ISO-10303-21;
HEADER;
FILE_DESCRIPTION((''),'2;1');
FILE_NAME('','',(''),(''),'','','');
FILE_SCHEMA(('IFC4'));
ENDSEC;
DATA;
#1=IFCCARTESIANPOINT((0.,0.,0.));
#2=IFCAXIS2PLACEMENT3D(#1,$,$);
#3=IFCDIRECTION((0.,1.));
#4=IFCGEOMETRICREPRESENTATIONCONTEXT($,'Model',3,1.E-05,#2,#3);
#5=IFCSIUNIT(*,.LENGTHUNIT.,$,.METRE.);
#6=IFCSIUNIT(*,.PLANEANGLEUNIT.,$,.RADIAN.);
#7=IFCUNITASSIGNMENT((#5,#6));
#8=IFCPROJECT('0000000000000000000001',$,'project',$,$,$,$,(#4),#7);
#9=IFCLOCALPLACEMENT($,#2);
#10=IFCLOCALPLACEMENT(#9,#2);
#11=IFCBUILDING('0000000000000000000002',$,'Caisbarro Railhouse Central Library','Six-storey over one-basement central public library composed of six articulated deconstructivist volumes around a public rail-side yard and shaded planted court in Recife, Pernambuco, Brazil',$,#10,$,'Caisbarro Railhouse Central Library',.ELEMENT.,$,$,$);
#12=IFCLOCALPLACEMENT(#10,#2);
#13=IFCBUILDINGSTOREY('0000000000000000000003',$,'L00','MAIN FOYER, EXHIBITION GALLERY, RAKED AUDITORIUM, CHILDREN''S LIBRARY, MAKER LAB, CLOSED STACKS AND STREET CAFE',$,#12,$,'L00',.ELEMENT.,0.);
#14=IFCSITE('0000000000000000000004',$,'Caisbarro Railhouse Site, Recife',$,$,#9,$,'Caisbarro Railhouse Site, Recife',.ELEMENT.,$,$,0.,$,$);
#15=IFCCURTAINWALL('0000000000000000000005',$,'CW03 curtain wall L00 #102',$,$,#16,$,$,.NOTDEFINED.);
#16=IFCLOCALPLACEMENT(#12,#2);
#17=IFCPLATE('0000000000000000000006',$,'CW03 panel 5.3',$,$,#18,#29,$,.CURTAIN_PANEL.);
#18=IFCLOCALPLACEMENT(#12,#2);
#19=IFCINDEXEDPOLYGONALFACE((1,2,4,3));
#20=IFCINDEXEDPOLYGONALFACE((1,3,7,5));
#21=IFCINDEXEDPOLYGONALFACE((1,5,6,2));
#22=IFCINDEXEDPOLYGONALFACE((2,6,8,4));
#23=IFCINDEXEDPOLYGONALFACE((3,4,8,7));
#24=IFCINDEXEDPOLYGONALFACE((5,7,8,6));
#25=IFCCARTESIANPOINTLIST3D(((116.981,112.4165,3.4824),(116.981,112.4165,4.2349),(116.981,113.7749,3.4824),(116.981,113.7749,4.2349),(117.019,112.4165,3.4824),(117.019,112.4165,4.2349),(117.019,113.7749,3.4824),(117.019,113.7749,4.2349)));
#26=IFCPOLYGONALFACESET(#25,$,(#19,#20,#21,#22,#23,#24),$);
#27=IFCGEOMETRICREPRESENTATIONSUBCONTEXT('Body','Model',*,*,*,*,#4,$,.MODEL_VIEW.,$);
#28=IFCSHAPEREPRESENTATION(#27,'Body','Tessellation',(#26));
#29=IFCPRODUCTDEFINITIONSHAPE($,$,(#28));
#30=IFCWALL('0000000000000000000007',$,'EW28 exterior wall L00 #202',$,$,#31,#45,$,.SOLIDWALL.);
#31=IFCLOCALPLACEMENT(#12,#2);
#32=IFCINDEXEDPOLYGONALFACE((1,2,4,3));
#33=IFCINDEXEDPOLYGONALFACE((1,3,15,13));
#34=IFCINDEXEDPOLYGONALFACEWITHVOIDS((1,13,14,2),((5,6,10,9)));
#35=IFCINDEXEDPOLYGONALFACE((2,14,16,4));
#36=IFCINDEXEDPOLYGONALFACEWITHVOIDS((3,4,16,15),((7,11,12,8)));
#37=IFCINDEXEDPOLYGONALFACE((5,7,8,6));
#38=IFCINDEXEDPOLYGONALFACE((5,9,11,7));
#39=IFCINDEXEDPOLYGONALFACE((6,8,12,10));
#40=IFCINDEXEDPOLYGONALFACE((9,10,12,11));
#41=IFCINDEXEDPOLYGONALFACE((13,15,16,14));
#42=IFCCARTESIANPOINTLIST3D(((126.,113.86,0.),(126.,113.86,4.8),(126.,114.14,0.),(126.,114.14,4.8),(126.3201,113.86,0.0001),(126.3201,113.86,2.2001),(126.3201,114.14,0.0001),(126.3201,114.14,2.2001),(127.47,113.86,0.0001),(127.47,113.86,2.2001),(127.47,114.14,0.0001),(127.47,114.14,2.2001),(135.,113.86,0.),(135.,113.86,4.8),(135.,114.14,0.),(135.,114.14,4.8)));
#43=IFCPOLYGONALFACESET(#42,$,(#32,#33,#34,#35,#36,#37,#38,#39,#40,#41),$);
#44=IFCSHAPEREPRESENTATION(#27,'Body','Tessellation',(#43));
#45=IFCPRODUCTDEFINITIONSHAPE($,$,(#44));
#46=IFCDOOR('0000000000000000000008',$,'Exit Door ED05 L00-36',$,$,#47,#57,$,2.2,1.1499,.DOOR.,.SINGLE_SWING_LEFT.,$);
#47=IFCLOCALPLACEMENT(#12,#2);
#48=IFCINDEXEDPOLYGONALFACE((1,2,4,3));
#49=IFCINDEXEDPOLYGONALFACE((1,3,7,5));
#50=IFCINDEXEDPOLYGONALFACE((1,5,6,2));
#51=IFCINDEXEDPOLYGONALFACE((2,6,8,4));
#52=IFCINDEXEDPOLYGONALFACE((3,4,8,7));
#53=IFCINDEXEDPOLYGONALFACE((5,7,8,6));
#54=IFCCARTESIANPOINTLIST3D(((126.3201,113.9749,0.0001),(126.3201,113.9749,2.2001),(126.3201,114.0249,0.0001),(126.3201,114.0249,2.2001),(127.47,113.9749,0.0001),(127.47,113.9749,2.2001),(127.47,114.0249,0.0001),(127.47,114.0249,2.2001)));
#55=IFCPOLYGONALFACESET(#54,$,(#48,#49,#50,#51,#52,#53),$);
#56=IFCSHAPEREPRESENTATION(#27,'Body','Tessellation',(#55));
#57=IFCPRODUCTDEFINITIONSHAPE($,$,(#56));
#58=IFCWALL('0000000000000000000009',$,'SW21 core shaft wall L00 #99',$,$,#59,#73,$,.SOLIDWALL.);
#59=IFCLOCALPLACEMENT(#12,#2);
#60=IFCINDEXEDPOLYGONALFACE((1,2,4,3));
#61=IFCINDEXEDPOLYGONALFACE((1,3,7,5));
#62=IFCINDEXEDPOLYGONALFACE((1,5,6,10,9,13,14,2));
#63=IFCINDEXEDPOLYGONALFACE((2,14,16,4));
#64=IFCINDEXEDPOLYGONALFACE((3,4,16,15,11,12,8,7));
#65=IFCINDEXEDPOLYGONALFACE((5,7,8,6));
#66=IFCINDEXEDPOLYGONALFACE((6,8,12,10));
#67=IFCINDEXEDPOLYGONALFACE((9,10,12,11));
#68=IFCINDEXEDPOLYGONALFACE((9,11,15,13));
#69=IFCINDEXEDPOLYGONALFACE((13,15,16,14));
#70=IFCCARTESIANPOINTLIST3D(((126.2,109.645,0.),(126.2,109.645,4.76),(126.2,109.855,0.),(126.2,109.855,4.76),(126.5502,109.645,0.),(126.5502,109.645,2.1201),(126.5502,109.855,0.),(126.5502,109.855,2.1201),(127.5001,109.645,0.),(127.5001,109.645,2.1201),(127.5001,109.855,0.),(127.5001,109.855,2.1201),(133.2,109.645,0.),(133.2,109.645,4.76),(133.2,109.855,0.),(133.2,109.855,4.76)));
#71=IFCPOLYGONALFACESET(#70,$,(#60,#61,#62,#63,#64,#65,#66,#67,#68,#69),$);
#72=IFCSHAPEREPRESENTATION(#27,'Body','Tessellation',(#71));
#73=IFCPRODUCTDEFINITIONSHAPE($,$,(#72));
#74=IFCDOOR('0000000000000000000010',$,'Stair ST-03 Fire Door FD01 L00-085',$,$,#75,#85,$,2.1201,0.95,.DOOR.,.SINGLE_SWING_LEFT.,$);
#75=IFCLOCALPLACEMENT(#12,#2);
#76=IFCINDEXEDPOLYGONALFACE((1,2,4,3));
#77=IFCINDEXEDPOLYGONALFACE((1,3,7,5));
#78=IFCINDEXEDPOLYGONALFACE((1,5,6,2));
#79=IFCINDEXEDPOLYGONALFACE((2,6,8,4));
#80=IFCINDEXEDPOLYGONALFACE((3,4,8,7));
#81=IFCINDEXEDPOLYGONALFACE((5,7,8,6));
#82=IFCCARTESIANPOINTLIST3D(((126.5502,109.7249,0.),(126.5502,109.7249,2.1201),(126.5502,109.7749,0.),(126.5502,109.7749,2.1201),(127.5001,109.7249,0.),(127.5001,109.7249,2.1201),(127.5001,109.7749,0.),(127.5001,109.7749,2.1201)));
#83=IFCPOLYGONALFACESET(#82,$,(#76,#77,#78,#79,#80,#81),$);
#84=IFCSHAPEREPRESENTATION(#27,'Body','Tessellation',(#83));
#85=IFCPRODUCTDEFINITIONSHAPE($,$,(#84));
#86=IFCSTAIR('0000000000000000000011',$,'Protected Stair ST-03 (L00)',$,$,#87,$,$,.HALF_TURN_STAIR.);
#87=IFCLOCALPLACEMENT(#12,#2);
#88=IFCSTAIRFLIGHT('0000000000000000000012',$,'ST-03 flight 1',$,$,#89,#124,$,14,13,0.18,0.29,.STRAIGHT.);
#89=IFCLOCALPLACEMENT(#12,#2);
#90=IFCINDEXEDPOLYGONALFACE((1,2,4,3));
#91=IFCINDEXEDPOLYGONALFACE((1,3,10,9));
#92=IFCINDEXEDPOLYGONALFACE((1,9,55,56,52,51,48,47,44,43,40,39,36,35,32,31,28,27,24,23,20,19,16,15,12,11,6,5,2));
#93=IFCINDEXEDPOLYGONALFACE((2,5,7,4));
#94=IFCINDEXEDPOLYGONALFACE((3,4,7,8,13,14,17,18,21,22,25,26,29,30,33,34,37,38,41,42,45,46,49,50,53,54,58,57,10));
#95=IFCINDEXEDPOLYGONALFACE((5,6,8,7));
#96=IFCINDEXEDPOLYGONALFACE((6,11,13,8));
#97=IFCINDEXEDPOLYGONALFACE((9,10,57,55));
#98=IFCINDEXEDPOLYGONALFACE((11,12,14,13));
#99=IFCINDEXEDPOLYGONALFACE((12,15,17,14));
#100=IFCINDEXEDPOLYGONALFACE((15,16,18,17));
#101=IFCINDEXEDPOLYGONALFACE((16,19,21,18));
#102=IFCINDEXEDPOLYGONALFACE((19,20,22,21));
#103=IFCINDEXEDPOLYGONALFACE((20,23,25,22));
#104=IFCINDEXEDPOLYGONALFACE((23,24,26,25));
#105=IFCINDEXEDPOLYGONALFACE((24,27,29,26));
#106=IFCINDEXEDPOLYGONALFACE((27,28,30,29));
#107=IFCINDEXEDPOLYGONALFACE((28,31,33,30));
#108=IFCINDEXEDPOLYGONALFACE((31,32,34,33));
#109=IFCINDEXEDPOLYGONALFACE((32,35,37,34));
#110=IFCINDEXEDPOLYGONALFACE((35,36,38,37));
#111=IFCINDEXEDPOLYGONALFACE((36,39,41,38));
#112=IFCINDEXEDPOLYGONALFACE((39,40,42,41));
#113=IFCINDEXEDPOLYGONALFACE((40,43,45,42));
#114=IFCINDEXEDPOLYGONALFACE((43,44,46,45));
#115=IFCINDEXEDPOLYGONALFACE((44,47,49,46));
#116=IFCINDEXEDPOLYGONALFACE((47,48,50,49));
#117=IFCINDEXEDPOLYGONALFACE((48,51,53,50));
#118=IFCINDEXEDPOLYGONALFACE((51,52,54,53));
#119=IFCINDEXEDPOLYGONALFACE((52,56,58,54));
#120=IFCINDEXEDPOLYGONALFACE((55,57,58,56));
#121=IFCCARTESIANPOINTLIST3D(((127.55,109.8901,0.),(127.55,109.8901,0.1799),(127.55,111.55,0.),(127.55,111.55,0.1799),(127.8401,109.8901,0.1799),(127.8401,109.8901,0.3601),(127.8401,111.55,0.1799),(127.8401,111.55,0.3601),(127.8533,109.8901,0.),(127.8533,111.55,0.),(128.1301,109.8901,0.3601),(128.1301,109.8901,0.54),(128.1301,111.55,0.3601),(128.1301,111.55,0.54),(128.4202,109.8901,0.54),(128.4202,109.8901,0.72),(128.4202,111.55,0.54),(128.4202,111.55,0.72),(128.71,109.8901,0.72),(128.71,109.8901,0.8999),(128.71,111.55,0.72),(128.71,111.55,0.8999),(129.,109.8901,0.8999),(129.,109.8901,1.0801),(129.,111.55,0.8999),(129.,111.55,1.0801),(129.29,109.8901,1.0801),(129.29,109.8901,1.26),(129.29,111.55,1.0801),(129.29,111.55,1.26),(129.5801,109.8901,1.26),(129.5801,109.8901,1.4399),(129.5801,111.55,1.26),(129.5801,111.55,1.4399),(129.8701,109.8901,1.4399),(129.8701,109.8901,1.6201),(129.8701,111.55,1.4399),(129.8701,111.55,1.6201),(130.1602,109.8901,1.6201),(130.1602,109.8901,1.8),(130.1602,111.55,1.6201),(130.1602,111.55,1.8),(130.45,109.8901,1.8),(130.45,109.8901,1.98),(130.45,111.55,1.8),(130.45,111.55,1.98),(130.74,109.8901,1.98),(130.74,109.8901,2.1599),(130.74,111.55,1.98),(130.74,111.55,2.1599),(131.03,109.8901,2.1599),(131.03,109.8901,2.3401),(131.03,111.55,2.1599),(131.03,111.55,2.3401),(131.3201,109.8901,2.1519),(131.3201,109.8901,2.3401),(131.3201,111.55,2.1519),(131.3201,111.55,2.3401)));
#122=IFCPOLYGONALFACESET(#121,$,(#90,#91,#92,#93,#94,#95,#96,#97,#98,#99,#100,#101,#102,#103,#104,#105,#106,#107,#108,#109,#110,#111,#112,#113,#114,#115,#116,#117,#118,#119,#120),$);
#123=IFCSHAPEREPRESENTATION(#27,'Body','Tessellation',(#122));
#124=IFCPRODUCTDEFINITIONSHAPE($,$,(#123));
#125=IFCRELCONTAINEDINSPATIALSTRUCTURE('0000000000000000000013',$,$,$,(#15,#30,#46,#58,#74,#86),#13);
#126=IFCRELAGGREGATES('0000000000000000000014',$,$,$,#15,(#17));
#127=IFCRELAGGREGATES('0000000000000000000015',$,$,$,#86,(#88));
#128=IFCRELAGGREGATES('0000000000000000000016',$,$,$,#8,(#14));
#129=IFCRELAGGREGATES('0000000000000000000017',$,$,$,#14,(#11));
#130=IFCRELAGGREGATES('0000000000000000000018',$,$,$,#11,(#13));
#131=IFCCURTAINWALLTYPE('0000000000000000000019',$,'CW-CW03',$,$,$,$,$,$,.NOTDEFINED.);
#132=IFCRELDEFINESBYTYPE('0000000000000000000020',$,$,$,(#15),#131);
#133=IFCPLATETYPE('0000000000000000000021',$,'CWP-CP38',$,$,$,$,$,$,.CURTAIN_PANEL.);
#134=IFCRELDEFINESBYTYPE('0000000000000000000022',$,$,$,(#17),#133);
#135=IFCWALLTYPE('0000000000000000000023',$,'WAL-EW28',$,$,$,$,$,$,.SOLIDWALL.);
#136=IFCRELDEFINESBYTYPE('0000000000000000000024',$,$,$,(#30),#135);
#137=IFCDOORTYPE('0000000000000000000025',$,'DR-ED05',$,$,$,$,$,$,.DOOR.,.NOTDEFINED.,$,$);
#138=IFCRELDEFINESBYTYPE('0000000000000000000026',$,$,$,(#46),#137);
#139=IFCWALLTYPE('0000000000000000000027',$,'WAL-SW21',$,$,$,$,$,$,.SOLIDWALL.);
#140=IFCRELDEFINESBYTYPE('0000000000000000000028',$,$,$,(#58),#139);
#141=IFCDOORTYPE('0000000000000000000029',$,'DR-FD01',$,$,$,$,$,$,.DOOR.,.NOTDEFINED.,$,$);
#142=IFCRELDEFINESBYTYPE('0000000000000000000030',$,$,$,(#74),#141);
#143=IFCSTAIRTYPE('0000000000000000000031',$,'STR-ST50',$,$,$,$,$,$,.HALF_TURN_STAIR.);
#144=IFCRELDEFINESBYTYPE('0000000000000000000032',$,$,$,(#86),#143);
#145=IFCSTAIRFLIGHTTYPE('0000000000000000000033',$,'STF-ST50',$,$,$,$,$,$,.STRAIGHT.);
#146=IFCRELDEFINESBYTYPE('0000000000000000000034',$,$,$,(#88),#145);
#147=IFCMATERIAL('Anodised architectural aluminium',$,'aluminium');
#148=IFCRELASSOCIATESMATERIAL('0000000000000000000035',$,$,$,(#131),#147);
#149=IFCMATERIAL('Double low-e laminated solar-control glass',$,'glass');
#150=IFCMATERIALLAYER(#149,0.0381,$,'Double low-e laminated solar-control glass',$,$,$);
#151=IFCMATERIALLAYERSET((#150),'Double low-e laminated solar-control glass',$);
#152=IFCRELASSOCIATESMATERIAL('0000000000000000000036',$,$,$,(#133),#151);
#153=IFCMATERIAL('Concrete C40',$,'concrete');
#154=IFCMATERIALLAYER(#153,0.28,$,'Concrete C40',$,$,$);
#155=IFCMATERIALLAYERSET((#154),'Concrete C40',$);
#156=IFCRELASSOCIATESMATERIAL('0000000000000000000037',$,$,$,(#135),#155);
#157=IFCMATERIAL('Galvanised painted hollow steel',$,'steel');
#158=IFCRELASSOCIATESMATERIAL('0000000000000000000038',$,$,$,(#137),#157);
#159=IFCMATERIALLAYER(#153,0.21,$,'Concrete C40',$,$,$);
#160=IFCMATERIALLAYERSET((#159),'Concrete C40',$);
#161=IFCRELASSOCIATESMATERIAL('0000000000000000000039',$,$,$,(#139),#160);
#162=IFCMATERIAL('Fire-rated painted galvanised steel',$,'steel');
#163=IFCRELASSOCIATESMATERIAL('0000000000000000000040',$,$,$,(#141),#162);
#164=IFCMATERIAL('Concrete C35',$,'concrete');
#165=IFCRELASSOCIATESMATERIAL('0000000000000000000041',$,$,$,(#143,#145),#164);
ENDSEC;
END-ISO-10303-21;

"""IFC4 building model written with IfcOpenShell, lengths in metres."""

from ifc_helpers import new_model, si_unit, direction, frame, frame_2d, origin, origin_2d, place, context, subcontext, project, spatial, polyline, rectangle, outline, extrude, material, layer, layer_set, type_object, element, fill, aggregate, save


model = new_model("IFC4")

# Units and contexts
model_context = context("Model", 3, precision=1e-05, world=origin(), true_north=direction((0.0, 1.0)))
body_context = subcontext(model_context, "Body", "Model", "MODEL_VIEW")
ifc_project = project(units=[si_unit("LENGTHUNIT", "METRE"), si_unit("PLANEANGLEUNIT", "RADIAN")], contexts=[model_context])

# Site, building, storey
site_placement = place(None, origin())
site = spatial("IfcSite", under=ifc_project, at=site_placement, Name="Caisbarro Railhouse Site, Recife", LongName="Caisbarro Railhouse Site, Recife", CompositionType="ELEMENT", RefElevation=0.0)
building_placement = place(site_placement, origin())
building = spatial("IfcBuilding", under=site, at=building_placement, Name="Caisbarro Railhouse Central Library", Description="Six-storey over one-basement central public library composed of six articulated deconstructivist volumes around a public rail-side yard and shaded planted court in Recife, Pernambuco, Brazil", LongName="Caisbarro Railhouse Central Library", CompositionType="ELEMENT")
storey_placement = place(building_placement, origin())
storey = spatial("IfcBuildingStorey", under=building, at=storey_placement, Name="L00", Description="MAIN FOYER, EXHIBITION GALLERY, RAKED AUDITORIUM, CHILDREN'S LIBRARY, MAKER LAB, CLOSED STACKS AND STREET CAFE", LongName="L00", CompositionType="ELEMENT", Elevation=0.0)

# Curtain wall, plate
ifc_material_1 = material(Name="Anodised architectural aluminium", Category="aluminium")
curtain_wall_type = type_object("IfcCurtainWallType", Name="CW-CW03", PredefinedType="NOTDEFINED", material=ifc_material_1)
curtain_wall_placement = place(storey_placement, origin())
curtain_wall = element("IfcCurtainWall", 1, at=curtain_wall_placement, inside=storey, type_object=curtain_wall_type, Name="CW03 curtain wall L00 #102", PredefinedType="NOTDEFINED")
ifc_material_2 = material(Name="Double low-e laminated solar-control glass", Category="glass")
ifc_layer_1 = layer(ifc_material_2, 0.0381, Name="Double low-e laminated solar-control glass")
ifc_layer_set_1 = layer_set([ifc_layer_1], Name="Double low-e laminated solar-control glass")
plate_type = type_object("IfcPlateType", Name="CWP-CP38", PredefinedType="CURTAIN_PANEL", material=ifc_layer_set_1)
plate_1_placement = place(storey_placement, frame((117.0, 113.0957, 3.4824), z_axis=(0.0, 0.0, 1.0), x_axis=(0.0, 1.0, 0.0)))
plate_1 = element("IfcPlate", 2, at=plate_1_placement, type_object=plate_type, Name="CW03 panel 5.3", PredefinedType="CURTAIN_PANEL", context=body_context, shape_type="SweptSolid", body=[
    extrude(rectangle(XDim=1.3584, YDim=0.0381, at=origin_2d()), origin(), (0.0, 0.0, 1.0), 0.7524),
])
aggregate(curtain_wall, [plate_1])

# Walls, openings, doors
ifc_material_3 = material(Name="Concrete C40", Category="concrete")
ifc_layer_2 = layer(ifc_material_3, 0.28, Name="Concrete C40")
ifc_layer_set_2 = layer_set([ifc_layer_2], Name="Concrete C40")
wall_type_1 = type_object("IfcWallType", Name="WAL-EW28", PredefinedType="SOLIDWALL", material=ifc_layer_set_2)
wall_1_placement = place(storey_placement, frame((126.0, 114.0, 0.0), z_axis=(0.0, 0.0, 1.0), x_axis=(1.0, 0.0, 0.0)))
wall_1 = element("IfcWall", 3, at=wall_1_placement, inside=storey, type_object=wall_type_1, Name="EW28 exterior wall L00 #202", PredefinedType="SOLIDWALL", context=body_context, shape_type="SweptSolid", body=[
    extrude(rectangle(XDim=9.0, YDim=0.28, at=frame_2d((4.5, 0.0))), origin(), (0.0, 0.0, 1.0), 4.8),
])
opening_1_placement = place(wall_1_placement, frame((0.3201, 0.0, 0.0)))
opening_1 = element("IfcOpeningElement", 4, at=opening_1_placement, cuts=wall_1, PredefinedType="OPENING", context=body_context, shape_type="SweptSolid", body=[
    extrude(rectangle(XDim=1.1499, YDim=2.2, at=frame_2d((0.575, 1.1001))), frame((0.0, 0.1499, 0.0), z_axis=(0.0, -1.0, 0.0), x_axis=(1.0, 0.0, 0.0)), (0.0, 0.0, 1.0), 0.3),
])
ifc_material_4 = material(Name="Galvanised painted hollow steel", Category="steel")
door_type_1 = type_object("IfcDoorType", Name="DR-ED05", OperationType="NOTDEFINED", PredefinedType="DOOR", material=ifc_material_4)
door_1_placement = place(opening_1_placement, origin())
door_1 = element("IfcDoor", 5, at=door_1_placement, inside=storey, type_object=door_type_1, Name="Exit Door ED05 L00-36", OperationType="SINGLE_SWING_LEFT", OverallHeight=2.2, OverallWidth=1.1499, PredefinedType="DOOR", context=body_context, shape_type="SweptSolid", body=[
    extrude(rectangle(XDim=1.1499, YDim=2.2, at=frame_2d((0.575, 1.1001))), frame((0.0, 0.0249, 0.0), z_axis=(0.0, -1.0, 0.0), x_axis=(1.0, 0.0, 0.0)), (0.0, 0.0, 1.0), 0.05),
])
fill(opening_1, door_1)
ifc_layer_3 = layer(ifc_material_3, 0.21, Name="Concrete C40")
ifc_layer_set_3 = layer_set([ifc_layer_3], Name="Concrete C40")
wall_type_2 = type_object("IfcWallType", Name="WAL-SW21", PredefinedType="SOLIDWALL", material=ifc_layer_set_3)
wall_2_placement = place(storey_placement, frame((126.2, 109.75, 0.0), z_axis=(0.0, 0.0, 1.0), x_axis=(1.0, 0.0, 0.0)))
wall_2 = element("IfcWall", 6, at=wall_2_placement, inside=storey, type_object=wall_type_2, Name="SW21 core shaft wall L00 #99", PredefinedType="SOLIDWALL", context=body_context, shape_type="SweptSolid", body=[
    extrude(rectangle(XDim=7.0, YDim=0.21, at=frame_2d((3.5, 0.0))), origin(), (0.0, 0.0, 1.0), 4.76),
])
opening_2_placement = place(wall_2_placement, frame((0.3501, 0.0, 0.0)))
opening_2 = element("IfcOpeningElement", 7, at=opening_2_placement, cuts=wall_2, PredefinedType="OPENING", context=body_context, shape_type="SweptSolid", body=[
    extrude(rectangle(XDim=0.95, YDim=2.1201, at=frame_2d((0.4751, 1.0601))), frame((0.0, 0.115, 0.0), z_axis=(0.0, -1.0, 0.0), x_axis=(1.0, 0.0, 0.0)), (0.0, 0.0, 1.0), 0.23),
])
ifc_material_5 = material(Name="Fire-rated painted galvanised steel", Category="steel")
door_type_2 = type_object("IfcDoorType", Name="DR-FD01", OperationType="NOTDEFINED", PredefinedType="DOOR", material=ifc_material_5)
door_2_placement = place(opening_2_placement, origin())
door_2 = element("IfcDoor", 8, at=door_2_placement, inside=storey, type_object=door_type_2, Name="Stair ST-03 Fire Door FD01 L00-085", OperationType="SINGLE_SWING_LEFT", OverallHeight=2.1201, OverallWidth=0.95, PredefinedType="DOOR", context=body_context, shape_type="SweptSolid", body=[
    extrude(rectangle(XDim=0.95, YDim=2.1201, at=frame_2d((0.4751, 1.0601))), frame((0.0, 0.0249, 0.0), z_axis=(0.0, -1.0, 0.0), x_axis=(1.0, 0.0, 0.0)), (0.0, 0.0, 1.0), 0.05),
])
fill(opening_2, door_2)

# Stair, stair flight
ifc_material_6 = material(Name="Concrete C35", Category="concrete")
stair_type = type_object("IfcStairType", Name="STR-ST50", PredefinedType="HALF_TURN_STAIR", material=ifc_material_6)
stair_placement = place(storey_placement, origin())
stair = element("IfcStair", 9, at=stair_placement, inside=storey, type_object=stair_type, Name="Protected Stair ST-03 (L00)", PredefinedType="HALF_TURN_STAIR")
stair_flight_type = type_object("IfcStairFlightType", Name="STF-ST50", PredefinedType="STRAIGHT", material=ifc_material_6)
stair_flight_placement = place(storey_placement, frame((127.55, 110.72, 0.0), z_axis=(0.0, 0.0, 1.0), x_axis=(1.0, 0.0, 0.0)))
stair_flight = element("IfcStairFlight", 10, at=stair_flight_placement, type_object=stair_flight_type, Name="ST-03 flight 1", NumberOfRisers=14, NumberOfTreads=13, PredefinedType="STRAIGHT", RiserHeight=0.18, TreadLength=0.29, context=body_context, shape_type="SweptSolid", body=[
    extrude(outline(polyline([(0.0, 0.0), (0.0, 0.1799), (0.29, 0.1799), (0.29, 0.3601), (0.5801, 0.3601), (0.5801, 0.54), (0.8701, 0.54), (0.8701, 0.72), (1.1599, 0.72), (1.1599, 0.8999), (1.45, 0.8999), (1.45, 1.0801), (1.74, 1.0801), (1.74, 1.26), (2.03, 1.26), (2.03, 1.4399), (2.3201, 1.4399), (2.3201, 1.6201), (2.6101, 1.6201), (2.6101, 1.8), (2.8999, 1.8), (2.8999, 1.98), (3.1899, 1.98), (3.1899, 2.1599), (3.48, 2.1599), (3.48, 2.3401), (3.77, 2.3401), (3.77, 2.52), (3.77, 2.1519), (0.3032, 0.0), (0.0, 0.0)])), frame((0.0, 0.8301, 0.0), z_axis=(0.0, -1.0, 0.0), x_axis=(1.0, 0.0, 0.0)), (0.0, 0.0, 1.0), 1.6599),
])
aggregate(stair, [stair_flight])

save(model, "model.ifc")
